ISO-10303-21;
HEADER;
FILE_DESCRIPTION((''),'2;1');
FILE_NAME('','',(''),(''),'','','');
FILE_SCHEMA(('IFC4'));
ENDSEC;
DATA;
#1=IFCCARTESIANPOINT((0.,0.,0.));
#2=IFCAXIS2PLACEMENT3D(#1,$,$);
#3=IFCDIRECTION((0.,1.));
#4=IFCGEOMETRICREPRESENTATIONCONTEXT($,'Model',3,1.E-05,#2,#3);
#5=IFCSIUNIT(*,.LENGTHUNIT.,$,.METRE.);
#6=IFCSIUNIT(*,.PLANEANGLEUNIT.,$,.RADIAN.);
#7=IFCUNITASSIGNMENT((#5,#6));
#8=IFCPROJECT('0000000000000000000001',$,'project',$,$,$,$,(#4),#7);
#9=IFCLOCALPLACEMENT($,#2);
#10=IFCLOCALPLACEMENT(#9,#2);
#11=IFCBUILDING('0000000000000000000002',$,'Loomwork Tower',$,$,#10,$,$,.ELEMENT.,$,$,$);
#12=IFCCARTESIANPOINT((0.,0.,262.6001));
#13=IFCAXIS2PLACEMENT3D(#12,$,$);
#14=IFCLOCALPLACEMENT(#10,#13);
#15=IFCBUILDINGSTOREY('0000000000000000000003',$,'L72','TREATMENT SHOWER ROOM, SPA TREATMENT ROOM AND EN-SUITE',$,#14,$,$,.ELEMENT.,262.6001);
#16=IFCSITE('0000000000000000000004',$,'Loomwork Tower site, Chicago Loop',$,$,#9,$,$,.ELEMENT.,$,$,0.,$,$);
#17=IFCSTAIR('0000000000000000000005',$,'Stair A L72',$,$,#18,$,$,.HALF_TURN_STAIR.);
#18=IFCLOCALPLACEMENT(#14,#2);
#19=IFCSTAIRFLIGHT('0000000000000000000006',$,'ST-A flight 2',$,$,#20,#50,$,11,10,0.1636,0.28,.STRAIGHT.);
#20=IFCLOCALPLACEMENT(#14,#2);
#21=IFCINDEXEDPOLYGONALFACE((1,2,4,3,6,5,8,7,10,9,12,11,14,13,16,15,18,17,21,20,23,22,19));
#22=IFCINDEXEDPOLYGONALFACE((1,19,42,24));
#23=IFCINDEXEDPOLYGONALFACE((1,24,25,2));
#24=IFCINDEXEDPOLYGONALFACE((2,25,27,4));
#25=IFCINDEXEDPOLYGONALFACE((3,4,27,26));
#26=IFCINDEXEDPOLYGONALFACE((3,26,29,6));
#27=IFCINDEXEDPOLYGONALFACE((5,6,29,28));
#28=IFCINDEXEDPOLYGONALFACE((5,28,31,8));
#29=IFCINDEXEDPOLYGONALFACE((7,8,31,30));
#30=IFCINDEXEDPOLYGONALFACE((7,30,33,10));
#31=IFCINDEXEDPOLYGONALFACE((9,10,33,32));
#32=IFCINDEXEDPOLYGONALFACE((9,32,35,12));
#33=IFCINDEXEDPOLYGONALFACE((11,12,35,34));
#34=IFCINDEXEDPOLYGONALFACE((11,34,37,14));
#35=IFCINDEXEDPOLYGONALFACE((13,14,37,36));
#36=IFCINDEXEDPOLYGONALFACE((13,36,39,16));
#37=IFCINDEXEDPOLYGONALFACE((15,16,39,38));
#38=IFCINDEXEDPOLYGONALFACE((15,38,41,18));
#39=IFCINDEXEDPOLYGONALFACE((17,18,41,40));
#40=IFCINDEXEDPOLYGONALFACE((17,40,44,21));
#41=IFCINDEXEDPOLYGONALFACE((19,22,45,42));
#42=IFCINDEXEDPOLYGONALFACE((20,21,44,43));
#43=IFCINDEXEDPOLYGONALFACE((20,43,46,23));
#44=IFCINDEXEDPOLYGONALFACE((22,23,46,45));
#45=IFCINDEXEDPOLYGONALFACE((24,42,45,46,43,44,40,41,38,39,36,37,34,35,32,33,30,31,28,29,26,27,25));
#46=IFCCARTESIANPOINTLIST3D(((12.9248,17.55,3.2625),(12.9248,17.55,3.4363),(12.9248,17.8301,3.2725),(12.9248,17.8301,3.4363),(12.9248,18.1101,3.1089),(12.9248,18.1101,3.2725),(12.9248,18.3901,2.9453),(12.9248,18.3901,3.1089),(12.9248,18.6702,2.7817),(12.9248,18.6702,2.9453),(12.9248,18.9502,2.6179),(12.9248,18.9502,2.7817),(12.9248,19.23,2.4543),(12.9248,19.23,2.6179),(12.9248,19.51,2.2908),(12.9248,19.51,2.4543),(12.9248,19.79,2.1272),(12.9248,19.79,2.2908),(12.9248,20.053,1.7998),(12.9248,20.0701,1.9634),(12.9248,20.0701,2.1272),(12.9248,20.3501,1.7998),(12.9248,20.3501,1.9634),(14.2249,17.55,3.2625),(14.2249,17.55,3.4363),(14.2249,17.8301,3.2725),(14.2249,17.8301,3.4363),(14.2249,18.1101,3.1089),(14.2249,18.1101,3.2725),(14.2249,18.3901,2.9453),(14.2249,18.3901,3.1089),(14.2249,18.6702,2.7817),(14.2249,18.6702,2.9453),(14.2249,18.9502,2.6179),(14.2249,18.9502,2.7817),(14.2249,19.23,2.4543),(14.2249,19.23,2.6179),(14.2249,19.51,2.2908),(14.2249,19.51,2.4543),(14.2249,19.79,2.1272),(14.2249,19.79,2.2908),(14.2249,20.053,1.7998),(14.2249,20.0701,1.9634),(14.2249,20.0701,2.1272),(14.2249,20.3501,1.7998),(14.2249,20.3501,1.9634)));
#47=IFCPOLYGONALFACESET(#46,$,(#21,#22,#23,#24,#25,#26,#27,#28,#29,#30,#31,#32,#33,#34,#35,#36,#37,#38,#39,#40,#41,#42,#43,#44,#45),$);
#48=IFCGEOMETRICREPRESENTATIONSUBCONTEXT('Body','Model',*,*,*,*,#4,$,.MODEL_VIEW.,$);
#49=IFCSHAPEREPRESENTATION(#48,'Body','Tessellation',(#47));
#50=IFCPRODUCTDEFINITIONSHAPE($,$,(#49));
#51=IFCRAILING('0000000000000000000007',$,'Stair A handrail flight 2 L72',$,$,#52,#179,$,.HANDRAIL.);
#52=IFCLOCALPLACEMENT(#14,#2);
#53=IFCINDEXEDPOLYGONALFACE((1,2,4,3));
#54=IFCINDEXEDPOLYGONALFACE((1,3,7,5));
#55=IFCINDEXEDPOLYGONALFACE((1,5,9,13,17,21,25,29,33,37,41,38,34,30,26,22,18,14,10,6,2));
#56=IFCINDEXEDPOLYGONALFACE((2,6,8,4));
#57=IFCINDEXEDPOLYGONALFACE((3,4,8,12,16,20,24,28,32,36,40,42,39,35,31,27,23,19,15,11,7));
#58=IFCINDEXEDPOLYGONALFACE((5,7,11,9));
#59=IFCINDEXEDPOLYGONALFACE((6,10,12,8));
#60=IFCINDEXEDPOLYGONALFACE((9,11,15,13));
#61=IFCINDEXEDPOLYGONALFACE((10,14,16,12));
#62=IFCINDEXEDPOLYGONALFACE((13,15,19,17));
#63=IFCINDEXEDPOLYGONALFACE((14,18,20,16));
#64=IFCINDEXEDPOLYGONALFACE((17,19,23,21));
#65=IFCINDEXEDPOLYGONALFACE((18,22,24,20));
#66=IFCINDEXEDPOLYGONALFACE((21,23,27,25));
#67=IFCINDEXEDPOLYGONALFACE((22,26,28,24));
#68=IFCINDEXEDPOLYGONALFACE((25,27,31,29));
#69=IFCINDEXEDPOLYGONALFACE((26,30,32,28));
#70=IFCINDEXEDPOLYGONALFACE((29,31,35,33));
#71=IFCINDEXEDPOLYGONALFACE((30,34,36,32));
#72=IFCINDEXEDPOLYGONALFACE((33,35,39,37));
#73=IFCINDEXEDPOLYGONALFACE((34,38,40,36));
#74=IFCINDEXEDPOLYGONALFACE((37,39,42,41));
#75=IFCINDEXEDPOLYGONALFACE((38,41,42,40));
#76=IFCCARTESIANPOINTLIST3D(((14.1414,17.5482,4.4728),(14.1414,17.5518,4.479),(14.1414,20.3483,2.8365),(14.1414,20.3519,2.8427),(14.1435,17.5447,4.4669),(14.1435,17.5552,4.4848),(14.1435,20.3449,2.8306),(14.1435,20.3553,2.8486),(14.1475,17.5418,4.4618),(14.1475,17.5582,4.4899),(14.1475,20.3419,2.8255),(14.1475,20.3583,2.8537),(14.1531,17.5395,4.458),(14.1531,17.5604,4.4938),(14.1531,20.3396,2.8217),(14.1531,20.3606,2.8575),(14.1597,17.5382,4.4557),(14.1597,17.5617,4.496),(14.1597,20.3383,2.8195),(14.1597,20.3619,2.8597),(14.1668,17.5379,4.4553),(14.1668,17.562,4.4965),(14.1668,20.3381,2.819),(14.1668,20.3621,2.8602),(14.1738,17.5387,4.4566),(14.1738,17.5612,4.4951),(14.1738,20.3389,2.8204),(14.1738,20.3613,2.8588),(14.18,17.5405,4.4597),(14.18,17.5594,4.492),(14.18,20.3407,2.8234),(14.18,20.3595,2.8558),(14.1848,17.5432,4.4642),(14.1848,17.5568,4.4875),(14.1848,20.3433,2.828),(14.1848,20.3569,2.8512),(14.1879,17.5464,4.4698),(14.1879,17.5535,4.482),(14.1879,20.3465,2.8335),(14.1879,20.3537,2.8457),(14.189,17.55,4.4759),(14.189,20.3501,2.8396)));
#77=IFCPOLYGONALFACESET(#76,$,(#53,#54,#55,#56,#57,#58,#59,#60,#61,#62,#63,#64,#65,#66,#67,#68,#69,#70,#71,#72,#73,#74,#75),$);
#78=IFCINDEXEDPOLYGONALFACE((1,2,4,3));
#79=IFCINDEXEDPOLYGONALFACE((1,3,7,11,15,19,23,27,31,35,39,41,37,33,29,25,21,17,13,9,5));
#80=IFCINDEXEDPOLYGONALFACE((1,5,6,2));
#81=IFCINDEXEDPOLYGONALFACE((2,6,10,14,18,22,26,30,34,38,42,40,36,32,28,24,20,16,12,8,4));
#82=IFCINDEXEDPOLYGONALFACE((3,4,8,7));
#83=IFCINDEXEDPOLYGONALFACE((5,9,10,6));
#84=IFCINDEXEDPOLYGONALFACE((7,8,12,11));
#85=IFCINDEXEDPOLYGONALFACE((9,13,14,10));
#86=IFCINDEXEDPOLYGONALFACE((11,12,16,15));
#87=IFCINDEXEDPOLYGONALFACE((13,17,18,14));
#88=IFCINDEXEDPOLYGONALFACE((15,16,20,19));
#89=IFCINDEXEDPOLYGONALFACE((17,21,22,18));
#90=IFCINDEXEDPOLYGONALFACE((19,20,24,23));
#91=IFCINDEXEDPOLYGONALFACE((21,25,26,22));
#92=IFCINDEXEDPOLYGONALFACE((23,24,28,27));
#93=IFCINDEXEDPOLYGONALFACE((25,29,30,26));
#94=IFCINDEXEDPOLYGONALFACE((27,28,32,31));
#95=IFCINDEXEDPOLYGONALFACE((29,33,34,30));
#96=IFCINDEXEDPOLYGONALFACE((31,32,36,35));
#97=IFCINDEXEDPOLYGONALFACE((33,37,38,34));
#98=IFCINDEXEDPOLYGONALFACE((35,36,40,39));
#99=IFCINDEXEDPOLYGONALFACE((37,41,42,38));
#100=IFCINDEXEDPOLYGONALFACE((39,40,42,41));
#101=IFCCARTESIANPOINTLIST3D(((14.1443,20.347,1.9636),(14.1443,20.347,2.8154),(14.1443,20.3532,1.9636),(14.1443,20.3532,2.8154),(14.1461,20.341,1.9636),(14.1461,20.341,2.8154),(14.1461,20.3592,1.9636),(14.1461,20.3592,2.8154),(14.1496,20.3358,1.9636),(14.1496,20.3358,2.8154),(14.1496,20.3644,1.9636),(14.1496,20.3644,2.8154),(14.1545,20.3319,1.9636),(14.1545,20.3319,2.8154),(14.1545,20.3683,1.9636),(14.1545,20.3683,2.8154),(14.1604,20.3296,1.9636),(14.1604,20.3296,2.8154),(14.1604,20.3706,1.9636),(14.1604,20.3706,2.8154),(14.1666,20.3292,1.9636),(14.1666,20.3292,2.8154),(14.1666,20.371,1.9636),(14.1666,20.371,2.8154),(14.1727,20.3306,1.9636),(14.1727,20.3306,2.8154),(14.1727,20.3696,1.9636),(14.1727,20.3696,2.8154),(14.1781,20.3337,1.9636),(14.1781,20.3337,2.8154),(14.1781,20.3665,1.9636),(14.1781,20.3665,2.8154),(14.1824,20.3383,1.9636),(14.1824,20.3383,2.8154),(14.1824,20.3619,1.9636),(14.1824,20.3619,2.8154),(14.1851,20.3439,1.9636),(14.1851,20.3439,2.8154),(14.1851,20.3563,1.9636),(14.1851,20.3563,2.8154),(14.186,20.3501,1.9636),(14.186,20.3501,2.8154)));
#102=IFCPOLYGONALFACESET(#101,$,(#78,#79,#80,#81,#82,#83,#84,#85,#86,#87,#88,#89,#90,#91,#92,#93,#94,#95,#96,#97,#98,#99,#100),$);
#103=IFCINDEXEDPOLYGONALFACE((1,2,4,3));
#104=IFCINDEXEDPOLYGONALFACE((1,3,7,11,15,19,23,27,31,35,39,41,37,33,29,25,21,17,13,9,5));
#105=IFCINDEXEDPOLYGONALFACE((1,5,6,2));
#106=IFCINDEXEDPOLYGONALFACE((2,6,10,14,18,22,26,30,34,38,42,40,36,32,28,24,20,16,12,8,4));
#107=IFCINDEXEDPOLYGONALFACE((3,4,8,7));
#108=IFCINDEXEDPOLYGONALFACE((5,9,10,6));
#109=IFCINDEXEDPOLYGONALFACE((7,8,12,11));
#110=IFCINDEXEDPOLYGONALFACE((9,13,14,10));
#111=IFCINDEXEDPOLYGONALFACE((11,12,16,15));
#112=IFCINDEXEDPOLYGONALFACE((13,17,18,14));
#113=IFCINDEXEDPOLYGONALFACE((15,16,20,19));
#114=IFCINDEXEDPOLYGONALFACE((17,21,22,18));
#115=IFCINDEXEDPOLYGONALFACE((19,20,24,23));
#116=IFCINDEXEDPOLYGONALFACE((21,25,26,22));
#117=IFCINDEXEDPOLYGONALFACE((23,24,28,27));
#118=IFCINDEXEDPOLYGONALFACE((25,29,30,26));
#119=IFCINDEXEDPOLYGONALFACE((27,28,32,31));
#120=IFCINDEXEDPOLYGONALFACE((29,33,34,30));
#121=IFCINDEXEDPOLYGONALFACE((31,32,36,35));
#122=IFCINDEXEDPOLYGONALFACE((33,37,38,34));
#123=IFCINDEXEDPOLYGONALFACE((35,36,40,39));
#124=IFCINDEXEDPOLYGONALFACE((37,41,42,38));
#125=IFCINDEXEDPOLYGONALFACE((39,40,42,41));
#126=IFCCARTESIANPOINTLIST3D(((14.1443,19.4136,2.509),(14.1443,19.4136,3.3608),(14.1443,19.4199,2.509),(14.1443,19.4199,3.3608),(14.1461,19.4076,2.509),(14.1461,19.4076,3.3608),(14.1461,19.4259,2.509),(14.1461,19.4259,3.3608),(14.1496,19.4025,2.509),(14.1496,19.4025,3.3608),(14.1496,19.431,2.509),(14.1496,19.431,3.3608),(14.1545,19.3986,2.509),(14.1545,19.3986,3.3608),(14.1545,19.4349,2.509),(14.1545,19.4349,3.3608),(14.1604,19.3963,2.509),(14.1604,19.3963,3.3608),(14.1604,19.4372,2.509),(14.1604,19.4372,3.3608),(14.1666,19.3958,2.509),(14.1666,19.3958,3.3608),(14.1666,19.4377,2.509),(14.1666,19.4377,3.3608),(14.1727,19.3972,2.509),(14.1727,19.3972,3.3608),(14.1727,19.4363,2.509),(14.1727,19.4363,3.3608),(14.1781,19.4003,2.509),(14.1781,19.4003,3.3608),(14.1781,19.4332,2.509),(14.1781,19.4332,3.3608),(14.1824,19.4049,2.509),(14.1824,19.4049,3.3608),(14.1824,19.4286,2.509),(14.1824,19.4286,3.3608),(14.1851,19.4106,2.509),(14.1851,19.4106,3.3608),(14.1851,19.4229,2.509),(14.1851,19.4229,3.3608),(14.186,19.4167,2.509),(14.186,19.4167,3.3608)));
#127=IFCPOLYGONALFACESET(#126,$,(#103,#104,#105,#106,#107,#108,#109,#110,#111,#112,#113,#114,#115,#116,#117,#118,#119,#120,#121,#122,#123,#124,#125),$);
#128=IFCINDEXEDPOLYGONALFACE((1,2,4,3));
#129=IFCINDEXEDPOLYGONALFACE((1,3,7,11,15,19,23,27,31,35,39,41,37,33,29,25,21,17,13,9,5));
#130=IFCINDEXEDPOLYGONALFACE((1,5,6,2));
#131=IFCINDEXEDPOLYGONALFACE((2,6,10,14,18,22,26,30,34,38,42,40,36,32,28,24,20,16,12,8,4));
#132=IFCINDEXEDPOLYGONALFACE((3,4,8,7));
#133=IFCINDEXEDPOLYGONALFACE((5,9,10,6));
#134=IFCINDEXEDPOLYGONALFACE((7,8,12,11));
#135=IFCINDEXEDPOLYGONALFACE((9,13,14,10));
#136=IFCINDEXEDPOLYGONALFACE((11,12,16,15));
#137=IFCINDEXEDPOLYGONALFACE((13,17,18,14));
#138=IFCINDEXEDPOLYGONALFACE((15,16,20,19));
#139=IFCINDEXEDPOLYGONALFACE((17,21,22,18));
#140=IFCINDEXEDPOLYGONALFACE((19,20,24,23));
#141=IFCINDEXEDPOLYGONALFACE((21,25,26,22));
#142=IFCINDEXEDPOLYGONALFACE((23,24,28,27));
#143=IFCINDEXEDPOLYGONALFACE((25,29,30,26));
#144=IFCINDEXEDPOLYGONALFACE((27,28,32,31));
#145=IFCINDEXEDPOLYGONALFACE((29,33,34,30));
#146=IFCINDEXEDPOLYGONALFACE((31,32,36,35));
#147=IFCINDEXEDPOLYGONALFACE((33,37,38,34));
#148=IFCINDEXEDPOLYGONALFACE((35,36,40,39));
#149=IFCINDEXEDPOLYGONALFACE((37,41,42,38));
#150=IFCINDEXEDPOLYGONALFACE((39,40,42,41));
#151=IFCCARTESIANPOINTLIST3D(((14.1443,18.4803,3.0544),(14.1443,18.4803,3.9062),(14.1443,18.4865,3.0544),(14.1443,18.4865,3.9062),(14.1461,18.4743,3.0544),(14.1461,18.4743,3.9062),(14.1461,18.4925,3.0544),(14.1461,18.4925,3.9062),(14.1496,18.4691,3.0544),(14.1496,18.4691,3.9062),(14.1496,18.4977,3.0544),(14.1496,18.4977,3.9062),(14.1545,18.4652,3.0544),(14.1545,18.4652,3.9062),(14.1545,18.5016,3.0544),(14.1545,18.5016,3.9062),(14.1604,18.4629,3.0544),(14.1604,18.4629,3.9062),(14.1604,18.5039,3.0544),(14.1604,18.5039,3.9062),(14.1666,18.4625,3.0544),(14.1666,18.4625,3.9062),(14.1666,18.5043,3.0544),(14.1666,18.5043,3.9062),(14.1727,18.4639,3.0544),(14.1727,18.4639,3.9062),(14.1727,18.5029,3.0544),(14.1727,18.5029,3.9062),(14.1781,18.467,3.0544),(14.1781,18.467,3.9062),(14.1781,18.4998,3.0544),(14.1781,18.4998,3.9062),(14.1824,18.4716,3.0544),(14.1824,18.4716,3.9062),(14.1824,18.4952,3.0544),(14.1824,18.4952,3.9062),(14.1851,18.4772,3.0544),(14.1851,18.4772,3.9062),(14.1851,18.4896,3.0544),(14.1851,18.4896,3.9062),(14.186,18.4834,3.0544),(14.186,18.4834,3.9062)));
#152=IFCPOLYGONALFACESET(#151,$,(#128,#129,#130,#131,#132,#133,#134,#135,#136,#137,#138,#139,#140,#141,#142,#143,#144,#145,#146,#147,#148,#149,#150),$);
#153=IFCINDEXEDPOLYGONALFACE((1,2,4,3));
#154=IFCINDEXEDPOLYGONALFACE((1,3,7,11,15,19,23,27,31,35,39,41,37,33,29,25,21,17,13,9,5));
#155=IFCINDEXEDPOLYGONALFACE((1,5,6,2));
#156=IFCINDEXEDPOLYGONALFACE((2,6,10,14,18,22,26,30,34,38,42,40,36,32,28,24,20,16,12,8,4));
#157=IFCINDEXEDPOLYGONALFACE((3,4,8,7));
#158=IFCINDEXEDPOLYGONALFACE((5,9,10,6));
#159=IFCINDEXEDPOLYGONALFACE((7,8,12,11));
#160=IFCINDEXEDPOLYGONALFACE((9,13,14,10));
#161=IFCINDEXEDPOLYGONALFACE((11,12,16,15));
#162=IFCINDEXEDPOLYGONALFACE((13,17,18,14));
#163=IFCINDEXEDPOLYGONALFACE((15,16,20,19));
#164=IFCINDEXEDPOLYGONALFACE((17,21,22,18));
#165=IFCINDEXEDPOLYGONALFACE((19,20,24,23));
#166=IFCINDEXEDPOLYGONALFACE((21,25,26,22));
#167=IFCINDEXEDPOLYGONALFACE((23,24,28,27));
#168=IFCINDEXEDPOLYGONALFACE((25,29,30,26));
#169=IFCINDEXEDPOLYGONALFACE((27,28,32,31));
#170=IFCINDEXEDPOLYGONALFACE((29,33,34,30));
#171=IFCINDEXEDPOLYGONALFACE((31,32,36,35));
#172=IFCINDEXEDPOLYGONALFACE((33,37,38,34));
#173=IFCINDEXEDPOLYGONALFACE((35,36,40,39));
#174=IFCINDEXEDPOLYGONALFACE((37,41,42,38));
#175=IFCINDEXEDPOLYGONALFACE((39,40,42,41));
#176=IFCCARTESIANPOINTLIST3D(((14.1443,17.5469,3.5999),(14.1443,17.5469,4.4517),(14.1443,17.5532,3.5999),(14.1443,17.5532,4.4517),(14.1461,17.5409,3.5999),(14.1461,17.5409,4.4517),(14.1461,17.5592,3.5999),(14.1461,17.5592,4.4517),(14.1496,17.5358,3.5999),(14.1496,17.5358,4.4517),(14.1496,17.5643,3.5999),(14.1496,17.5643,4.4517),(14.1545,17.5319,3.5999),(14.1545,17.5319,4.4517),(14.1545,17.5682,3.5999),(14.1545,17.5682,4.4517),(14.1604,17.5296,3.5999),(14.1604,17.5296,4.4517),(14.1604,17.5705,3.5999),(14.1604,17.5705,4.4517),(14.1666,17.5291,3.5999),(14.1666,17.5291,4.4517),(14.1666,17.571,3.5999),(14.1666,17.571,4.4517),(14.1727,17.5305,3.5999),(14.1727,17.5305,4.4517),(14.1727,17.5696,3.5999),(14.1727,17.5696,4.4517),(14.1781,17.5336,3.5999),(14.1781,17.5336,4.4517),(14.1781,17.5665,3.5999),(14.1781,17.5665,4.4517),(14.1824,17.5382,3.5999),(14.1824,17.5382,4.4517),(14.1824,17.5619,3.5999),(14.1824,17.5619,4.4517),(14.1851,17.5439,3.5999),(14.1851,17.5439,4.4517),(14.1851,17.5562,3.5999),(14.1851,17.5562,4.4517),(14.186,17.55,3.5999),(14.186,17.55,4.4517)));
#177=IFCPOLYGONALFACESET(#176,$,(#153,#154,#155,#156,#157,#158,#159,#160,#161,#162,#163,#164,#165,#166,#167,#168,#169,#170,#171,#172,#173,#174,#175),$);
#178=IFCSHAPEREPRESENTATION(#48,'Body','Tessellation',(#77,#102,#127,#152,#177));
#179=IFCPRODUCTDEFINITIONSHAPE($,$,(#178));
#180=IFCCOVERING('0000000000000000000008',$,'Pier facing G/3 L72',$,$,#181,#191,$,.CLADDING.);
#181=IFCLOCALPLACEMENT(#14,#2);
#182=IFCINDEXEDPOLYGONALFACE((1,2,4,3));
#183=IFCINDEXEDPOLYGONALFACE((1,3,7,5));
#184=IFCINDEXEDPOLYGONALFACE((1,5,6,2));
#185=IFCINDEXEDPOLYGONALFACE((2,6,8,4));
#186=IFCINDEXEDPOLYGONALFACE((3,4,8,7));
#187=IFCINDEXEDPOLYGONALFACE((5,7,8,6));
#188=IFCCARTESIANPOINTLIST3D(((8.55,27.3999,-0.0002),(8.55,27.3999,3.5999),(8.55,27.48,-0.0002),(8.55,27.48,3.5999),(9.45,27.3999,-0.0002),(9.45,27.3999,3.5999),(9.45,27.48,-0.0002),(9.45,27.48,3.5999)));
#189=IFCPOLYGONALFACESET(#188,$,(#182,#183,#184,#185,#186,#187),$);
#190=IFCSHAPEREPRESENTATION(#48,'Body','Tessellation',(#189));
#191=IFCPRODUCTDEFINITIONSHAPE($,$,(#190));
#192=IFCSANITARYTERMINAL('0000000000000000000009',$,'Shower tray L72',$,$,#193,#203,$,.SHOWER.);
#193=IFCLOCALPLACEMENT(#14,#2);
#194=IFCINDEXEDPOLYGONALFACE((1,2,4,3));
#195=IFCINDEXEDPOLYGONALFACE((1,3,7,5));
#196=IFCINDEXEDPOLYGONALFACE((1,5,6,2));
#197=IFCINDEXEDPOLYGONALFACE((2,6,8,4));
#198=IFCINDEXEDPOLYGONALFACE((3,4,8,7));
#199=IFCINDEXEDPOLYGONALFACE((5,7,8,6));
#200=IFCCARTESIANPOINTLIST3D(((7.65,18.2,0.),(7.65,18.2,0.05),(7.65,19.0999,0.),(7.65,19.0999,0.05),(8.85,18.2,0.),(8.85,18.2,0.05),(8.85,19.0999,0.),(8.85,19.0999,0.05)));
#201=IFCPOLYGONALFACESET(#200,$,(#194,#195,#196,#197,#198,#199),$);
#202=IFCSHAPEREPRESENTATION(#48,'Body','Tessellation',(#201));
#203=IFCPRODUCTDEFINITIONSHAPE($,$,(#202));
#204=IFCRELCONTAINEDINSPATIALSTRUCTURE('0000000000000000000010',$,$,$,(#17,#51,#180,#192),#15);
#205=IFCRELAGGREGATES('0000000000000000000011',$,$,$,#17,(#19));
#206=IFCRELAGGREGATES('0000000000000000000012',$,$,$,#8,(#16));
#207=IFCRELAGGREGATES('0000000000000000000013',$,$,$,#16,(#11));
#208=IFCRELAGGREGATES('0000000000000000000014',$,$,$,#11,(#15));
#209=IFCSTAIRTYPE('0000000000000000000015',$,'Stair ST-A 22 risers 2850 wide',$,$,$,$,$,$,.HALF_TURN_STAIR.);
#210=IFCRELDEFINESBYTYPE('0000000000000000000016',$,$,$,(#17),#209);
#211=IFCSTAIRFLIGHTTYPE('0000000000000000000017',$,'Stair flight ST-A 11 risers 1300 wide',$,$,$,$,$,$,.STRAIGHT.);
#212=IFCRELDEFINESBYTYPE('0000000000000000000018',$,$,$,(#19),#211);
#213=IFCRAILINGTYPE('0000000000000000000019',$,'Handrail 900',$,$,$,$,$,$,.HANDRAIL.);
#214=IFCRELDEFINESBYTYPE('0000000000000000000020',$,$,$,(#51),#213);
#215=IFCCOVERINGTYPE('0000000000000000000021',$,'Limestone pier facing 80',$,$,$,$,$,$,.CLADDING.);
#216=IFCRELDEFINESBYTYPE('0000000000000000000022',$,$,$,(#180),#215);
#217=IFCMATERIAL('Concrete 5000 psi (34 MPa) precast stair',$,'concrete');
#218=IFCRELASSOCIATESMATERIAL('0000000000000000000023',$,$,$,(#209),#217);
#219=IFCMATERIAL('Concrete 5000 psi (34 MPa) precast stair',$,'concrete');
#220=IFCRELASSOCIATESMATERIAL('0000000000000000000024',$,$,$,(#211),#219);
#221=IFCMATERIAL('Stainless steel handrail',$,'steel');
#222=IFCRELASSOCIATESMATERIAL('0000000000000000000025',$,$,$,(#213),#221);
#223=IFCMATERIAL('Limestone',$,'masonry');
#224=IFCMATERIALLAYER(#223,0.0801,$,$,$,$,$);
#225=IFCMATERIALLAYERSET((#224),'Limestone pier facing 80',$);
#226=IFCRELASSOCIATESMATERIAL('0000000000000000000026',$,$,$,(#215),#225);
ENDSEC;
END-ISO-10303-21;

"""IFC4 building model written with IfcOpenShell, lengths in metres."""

from ifc_helpers import new_model, si_unit, direction, frame, origin, origin_2d, place, context, subcontext, project, spatial, polyline, rectangle, circle, outline, extrude, material, layer, layer_set, type_object, element, aggregate, save


model = new_model("IFC4")

# Units and contexts
model_context = context("Model", 3, precision=1e-05, world=origin(), true_north=direction((0.0, 1.0)))
body_context = subcontext(model_context, "Body", "Model", "MODEL_VIEW")
ifc_project = project(units=[si_unit("LENGTHUNIT", "METRE"), si_unit("PLANEANGLEUNIT", "RADIAN")], contexts=[model_context])

# Site, building, storey
site_placement = place(None, origin())
site = spatial("IfcSite", under=ifc_project, at=site_placement, Name="Loomwork Tower site, Chicago Loop", CompositionType="ELEMENT", RefElevation=0.0)
building_placement = place(site_placement, origin())
building = spatial("IfcBuilding", under=site, at=building_placement, Name="Loomwork Tower", CompositionType="ELEMENT")
storey_placement = place(building_placement, frame((0.0, 0.0, 262.6001)))
storey = spatial("IfcBuildingStorey", under=building, at=storey_placement, Name="L72", Description="TREATMENT SHOWER ROOM, SPA TREATMENT ROOM AND EN-SUITE", CompositionType="ELEMENT", Elevation=262.6001)

# Stair, stair flight
ifc_material_1 = material(Name="Concrete 5000 psi (34 MPa) precast stair", Category="concrete")
stair_type = type_object("IfcStairType", Name="Stair ST-A 22 risers 2850 wide", PredefinedType="HALF_TURN_STAIR", material=ifc_material_1)
stair_placement = place(storey_placement, origin())
stair = element("IfcStair", 1, at=stair_placement, inside=storey, type_object=stair_type, Name="Stair A L72", PredefinedType="HALF_TURN_STAIR")
ifc_material_2 = material(Name="Concrete 5000 psi (34 MPa) precast stair", Category="concrete")
stair_flight_type = type_object("IfcStairFlightType", Name="Stair flight ST-A 11 risers 1300 wide", PredefinedType="STRAIGHT", material=ifc_material_2)
stair_flight_placement = place(storey_placement, frame((13.575, 20.3501, 1.7998), z_axis=(0.0, 0.0, 1.0), x_axis=(0.0, -1.0, 0.0)))
stair_flight = element("IfcStairFlight", 2, at=stair_flight_placement, type_object=stair_flight_type, Name="ST-A flight 2", NumberOfRisers=11, NumberOfTreads=10, PredefinedType="STRAIGHT", RiserHeight=0.1636, TreadLength=0.28, context=body_context, shape_type="SweptSolid", body=[
    extrude(outline(polyline([(0.0, 0.0), (0.0, 0.1636), (0.28, 0.1636), (0.28, 0.3274), (0.5601, 0.3274), (0.5601, 0.491), (0.8401, 0.491), (0.8401, 0.6545), (1.1201, 0.6545), (1.1201, 0.8181), (1.3999, 0.8181), (1.3999, 0.9819), (1.6799, 0.9819), (1.6799, 1.1455), (1.96, 1.1455), (1.96, 1.3091), (2.24, 1.3091), (2.24, 1.4727), (2.52, 1.4727), (2.52, 1.6365), (2.8, 1.6365), (2.8, 1.8), (2.8, 1.4626), (0.2971, 0.0), (0.0, 0.0)])), frame((0.0, 0.6499, 0.0), z_axis=(0.0, -1.0, 0.0), x_axis=(1.0, 0.0, 0.0)), (0.0, 0.0, 1.0), 1.3),
])
aggregate(stair, [stair_flight])

# Railing
ifc_material_3 = material(Name="Stainless steel handrail", Category="steel")
railing_type = type_object("IfcRailingType", Name="Handrail 900", PredefinedType="HANDRAIL", material=ifc_material_3)
railing_placement = place(storey_placement, frame((14.165, 20.3501, 1.9636)))
element("IfcRailing", 3, at=railing_placement, inside=storey, type_object=railing_type, Name="Stair A handrail flight 2 L72", PredefinedType="HANDRAIL", context=body_context, shape_type="SweptSolid", body=[
    extrude(circle(Radius=0.0239, at=origin_2d()), frame((0.0, 0.0, 0.876), z_axis=(0.0, -0.863394, 0.504531), x_axis=(1.0, 0.0, 0.0)), (0.0, 0.0, 1.0), 3.2432),
    extrude(circle(Radius=0.021, at=origin_2d()), origin(), (0.0, 0.0, 1.0), 0.8518),
    extrude(circle(Radius=0.021, at=origin_2d()), frame((0.0, -0.9333, 0.5454)), (0.0, 0.0, 1.0), 0.8518),
    extrude(circle(Radius=0.021, at=origin_2d()), frame((0.0, -1.8667, 1.0908)), (0.0, 0.0, 1.0), 0.8518),
    extrude(circle(Radius=0.021, at=origin_2d()), frame((0.0, -2.8, 1.6362)), (0.0, 0.0, 1.0), 0.8518),
])

# Covering
ifc_material_4 = material(Name="Limestone", Category="masonry")
ifc_layer_1 = layer(ifc_material_4, 0.0801)
ifc_layer_set_1 = layer_set([ifc_layer_1], Name="Limestone pier facing 80")
covering_type = type_object("IfcCoveringType", Name="Limestone pier facing 80", PredefinedType="CLADDING", material=ifc_layer_set_1)
covering_placement = place(storey_placement, frame((9.0, 27.4399, -0.0002), z_axis=(0.0, 0.0, 1.0), x_axis=(1.0, 0.0, 0.0)))
element("IfcCovering", 4, at=covering_placement, inside=storey, type_object=covering_type, Name="Pier facing G/3 L72", PredefinedType="CLADDING", context=body_context, shape_type="SweptSolid", body=[
    extrude(rectangle(XDim=0.8999, YDim=0.0801, at=origin_2d()), origin(), (0.0, 0.0, 1.0), 3.6001),
])

# Sanitary terminal
sanitary_terminal_1_placement = place(storey_placement, frame((8.25, 18.6499, 0.0), z_axis=(0.0, 0.0, 1.0), x_axis=(1.0, 0.0, 0.0)))
element("IfcSanitaryTerminal", 5, at=sanitary_terminal_1_placement, inside=storey, Name="Shower tray L72", PredefinedType="SHOWER", context=body_context, shape_type="SweptSolid", body=[
    extrude(rectangle(XDim=1.2, YDim=0.8999, at=origin_2d()), origin(), (0.0, 0.0, 1.0), 0.05),
])

save(model, "model.ifc")
